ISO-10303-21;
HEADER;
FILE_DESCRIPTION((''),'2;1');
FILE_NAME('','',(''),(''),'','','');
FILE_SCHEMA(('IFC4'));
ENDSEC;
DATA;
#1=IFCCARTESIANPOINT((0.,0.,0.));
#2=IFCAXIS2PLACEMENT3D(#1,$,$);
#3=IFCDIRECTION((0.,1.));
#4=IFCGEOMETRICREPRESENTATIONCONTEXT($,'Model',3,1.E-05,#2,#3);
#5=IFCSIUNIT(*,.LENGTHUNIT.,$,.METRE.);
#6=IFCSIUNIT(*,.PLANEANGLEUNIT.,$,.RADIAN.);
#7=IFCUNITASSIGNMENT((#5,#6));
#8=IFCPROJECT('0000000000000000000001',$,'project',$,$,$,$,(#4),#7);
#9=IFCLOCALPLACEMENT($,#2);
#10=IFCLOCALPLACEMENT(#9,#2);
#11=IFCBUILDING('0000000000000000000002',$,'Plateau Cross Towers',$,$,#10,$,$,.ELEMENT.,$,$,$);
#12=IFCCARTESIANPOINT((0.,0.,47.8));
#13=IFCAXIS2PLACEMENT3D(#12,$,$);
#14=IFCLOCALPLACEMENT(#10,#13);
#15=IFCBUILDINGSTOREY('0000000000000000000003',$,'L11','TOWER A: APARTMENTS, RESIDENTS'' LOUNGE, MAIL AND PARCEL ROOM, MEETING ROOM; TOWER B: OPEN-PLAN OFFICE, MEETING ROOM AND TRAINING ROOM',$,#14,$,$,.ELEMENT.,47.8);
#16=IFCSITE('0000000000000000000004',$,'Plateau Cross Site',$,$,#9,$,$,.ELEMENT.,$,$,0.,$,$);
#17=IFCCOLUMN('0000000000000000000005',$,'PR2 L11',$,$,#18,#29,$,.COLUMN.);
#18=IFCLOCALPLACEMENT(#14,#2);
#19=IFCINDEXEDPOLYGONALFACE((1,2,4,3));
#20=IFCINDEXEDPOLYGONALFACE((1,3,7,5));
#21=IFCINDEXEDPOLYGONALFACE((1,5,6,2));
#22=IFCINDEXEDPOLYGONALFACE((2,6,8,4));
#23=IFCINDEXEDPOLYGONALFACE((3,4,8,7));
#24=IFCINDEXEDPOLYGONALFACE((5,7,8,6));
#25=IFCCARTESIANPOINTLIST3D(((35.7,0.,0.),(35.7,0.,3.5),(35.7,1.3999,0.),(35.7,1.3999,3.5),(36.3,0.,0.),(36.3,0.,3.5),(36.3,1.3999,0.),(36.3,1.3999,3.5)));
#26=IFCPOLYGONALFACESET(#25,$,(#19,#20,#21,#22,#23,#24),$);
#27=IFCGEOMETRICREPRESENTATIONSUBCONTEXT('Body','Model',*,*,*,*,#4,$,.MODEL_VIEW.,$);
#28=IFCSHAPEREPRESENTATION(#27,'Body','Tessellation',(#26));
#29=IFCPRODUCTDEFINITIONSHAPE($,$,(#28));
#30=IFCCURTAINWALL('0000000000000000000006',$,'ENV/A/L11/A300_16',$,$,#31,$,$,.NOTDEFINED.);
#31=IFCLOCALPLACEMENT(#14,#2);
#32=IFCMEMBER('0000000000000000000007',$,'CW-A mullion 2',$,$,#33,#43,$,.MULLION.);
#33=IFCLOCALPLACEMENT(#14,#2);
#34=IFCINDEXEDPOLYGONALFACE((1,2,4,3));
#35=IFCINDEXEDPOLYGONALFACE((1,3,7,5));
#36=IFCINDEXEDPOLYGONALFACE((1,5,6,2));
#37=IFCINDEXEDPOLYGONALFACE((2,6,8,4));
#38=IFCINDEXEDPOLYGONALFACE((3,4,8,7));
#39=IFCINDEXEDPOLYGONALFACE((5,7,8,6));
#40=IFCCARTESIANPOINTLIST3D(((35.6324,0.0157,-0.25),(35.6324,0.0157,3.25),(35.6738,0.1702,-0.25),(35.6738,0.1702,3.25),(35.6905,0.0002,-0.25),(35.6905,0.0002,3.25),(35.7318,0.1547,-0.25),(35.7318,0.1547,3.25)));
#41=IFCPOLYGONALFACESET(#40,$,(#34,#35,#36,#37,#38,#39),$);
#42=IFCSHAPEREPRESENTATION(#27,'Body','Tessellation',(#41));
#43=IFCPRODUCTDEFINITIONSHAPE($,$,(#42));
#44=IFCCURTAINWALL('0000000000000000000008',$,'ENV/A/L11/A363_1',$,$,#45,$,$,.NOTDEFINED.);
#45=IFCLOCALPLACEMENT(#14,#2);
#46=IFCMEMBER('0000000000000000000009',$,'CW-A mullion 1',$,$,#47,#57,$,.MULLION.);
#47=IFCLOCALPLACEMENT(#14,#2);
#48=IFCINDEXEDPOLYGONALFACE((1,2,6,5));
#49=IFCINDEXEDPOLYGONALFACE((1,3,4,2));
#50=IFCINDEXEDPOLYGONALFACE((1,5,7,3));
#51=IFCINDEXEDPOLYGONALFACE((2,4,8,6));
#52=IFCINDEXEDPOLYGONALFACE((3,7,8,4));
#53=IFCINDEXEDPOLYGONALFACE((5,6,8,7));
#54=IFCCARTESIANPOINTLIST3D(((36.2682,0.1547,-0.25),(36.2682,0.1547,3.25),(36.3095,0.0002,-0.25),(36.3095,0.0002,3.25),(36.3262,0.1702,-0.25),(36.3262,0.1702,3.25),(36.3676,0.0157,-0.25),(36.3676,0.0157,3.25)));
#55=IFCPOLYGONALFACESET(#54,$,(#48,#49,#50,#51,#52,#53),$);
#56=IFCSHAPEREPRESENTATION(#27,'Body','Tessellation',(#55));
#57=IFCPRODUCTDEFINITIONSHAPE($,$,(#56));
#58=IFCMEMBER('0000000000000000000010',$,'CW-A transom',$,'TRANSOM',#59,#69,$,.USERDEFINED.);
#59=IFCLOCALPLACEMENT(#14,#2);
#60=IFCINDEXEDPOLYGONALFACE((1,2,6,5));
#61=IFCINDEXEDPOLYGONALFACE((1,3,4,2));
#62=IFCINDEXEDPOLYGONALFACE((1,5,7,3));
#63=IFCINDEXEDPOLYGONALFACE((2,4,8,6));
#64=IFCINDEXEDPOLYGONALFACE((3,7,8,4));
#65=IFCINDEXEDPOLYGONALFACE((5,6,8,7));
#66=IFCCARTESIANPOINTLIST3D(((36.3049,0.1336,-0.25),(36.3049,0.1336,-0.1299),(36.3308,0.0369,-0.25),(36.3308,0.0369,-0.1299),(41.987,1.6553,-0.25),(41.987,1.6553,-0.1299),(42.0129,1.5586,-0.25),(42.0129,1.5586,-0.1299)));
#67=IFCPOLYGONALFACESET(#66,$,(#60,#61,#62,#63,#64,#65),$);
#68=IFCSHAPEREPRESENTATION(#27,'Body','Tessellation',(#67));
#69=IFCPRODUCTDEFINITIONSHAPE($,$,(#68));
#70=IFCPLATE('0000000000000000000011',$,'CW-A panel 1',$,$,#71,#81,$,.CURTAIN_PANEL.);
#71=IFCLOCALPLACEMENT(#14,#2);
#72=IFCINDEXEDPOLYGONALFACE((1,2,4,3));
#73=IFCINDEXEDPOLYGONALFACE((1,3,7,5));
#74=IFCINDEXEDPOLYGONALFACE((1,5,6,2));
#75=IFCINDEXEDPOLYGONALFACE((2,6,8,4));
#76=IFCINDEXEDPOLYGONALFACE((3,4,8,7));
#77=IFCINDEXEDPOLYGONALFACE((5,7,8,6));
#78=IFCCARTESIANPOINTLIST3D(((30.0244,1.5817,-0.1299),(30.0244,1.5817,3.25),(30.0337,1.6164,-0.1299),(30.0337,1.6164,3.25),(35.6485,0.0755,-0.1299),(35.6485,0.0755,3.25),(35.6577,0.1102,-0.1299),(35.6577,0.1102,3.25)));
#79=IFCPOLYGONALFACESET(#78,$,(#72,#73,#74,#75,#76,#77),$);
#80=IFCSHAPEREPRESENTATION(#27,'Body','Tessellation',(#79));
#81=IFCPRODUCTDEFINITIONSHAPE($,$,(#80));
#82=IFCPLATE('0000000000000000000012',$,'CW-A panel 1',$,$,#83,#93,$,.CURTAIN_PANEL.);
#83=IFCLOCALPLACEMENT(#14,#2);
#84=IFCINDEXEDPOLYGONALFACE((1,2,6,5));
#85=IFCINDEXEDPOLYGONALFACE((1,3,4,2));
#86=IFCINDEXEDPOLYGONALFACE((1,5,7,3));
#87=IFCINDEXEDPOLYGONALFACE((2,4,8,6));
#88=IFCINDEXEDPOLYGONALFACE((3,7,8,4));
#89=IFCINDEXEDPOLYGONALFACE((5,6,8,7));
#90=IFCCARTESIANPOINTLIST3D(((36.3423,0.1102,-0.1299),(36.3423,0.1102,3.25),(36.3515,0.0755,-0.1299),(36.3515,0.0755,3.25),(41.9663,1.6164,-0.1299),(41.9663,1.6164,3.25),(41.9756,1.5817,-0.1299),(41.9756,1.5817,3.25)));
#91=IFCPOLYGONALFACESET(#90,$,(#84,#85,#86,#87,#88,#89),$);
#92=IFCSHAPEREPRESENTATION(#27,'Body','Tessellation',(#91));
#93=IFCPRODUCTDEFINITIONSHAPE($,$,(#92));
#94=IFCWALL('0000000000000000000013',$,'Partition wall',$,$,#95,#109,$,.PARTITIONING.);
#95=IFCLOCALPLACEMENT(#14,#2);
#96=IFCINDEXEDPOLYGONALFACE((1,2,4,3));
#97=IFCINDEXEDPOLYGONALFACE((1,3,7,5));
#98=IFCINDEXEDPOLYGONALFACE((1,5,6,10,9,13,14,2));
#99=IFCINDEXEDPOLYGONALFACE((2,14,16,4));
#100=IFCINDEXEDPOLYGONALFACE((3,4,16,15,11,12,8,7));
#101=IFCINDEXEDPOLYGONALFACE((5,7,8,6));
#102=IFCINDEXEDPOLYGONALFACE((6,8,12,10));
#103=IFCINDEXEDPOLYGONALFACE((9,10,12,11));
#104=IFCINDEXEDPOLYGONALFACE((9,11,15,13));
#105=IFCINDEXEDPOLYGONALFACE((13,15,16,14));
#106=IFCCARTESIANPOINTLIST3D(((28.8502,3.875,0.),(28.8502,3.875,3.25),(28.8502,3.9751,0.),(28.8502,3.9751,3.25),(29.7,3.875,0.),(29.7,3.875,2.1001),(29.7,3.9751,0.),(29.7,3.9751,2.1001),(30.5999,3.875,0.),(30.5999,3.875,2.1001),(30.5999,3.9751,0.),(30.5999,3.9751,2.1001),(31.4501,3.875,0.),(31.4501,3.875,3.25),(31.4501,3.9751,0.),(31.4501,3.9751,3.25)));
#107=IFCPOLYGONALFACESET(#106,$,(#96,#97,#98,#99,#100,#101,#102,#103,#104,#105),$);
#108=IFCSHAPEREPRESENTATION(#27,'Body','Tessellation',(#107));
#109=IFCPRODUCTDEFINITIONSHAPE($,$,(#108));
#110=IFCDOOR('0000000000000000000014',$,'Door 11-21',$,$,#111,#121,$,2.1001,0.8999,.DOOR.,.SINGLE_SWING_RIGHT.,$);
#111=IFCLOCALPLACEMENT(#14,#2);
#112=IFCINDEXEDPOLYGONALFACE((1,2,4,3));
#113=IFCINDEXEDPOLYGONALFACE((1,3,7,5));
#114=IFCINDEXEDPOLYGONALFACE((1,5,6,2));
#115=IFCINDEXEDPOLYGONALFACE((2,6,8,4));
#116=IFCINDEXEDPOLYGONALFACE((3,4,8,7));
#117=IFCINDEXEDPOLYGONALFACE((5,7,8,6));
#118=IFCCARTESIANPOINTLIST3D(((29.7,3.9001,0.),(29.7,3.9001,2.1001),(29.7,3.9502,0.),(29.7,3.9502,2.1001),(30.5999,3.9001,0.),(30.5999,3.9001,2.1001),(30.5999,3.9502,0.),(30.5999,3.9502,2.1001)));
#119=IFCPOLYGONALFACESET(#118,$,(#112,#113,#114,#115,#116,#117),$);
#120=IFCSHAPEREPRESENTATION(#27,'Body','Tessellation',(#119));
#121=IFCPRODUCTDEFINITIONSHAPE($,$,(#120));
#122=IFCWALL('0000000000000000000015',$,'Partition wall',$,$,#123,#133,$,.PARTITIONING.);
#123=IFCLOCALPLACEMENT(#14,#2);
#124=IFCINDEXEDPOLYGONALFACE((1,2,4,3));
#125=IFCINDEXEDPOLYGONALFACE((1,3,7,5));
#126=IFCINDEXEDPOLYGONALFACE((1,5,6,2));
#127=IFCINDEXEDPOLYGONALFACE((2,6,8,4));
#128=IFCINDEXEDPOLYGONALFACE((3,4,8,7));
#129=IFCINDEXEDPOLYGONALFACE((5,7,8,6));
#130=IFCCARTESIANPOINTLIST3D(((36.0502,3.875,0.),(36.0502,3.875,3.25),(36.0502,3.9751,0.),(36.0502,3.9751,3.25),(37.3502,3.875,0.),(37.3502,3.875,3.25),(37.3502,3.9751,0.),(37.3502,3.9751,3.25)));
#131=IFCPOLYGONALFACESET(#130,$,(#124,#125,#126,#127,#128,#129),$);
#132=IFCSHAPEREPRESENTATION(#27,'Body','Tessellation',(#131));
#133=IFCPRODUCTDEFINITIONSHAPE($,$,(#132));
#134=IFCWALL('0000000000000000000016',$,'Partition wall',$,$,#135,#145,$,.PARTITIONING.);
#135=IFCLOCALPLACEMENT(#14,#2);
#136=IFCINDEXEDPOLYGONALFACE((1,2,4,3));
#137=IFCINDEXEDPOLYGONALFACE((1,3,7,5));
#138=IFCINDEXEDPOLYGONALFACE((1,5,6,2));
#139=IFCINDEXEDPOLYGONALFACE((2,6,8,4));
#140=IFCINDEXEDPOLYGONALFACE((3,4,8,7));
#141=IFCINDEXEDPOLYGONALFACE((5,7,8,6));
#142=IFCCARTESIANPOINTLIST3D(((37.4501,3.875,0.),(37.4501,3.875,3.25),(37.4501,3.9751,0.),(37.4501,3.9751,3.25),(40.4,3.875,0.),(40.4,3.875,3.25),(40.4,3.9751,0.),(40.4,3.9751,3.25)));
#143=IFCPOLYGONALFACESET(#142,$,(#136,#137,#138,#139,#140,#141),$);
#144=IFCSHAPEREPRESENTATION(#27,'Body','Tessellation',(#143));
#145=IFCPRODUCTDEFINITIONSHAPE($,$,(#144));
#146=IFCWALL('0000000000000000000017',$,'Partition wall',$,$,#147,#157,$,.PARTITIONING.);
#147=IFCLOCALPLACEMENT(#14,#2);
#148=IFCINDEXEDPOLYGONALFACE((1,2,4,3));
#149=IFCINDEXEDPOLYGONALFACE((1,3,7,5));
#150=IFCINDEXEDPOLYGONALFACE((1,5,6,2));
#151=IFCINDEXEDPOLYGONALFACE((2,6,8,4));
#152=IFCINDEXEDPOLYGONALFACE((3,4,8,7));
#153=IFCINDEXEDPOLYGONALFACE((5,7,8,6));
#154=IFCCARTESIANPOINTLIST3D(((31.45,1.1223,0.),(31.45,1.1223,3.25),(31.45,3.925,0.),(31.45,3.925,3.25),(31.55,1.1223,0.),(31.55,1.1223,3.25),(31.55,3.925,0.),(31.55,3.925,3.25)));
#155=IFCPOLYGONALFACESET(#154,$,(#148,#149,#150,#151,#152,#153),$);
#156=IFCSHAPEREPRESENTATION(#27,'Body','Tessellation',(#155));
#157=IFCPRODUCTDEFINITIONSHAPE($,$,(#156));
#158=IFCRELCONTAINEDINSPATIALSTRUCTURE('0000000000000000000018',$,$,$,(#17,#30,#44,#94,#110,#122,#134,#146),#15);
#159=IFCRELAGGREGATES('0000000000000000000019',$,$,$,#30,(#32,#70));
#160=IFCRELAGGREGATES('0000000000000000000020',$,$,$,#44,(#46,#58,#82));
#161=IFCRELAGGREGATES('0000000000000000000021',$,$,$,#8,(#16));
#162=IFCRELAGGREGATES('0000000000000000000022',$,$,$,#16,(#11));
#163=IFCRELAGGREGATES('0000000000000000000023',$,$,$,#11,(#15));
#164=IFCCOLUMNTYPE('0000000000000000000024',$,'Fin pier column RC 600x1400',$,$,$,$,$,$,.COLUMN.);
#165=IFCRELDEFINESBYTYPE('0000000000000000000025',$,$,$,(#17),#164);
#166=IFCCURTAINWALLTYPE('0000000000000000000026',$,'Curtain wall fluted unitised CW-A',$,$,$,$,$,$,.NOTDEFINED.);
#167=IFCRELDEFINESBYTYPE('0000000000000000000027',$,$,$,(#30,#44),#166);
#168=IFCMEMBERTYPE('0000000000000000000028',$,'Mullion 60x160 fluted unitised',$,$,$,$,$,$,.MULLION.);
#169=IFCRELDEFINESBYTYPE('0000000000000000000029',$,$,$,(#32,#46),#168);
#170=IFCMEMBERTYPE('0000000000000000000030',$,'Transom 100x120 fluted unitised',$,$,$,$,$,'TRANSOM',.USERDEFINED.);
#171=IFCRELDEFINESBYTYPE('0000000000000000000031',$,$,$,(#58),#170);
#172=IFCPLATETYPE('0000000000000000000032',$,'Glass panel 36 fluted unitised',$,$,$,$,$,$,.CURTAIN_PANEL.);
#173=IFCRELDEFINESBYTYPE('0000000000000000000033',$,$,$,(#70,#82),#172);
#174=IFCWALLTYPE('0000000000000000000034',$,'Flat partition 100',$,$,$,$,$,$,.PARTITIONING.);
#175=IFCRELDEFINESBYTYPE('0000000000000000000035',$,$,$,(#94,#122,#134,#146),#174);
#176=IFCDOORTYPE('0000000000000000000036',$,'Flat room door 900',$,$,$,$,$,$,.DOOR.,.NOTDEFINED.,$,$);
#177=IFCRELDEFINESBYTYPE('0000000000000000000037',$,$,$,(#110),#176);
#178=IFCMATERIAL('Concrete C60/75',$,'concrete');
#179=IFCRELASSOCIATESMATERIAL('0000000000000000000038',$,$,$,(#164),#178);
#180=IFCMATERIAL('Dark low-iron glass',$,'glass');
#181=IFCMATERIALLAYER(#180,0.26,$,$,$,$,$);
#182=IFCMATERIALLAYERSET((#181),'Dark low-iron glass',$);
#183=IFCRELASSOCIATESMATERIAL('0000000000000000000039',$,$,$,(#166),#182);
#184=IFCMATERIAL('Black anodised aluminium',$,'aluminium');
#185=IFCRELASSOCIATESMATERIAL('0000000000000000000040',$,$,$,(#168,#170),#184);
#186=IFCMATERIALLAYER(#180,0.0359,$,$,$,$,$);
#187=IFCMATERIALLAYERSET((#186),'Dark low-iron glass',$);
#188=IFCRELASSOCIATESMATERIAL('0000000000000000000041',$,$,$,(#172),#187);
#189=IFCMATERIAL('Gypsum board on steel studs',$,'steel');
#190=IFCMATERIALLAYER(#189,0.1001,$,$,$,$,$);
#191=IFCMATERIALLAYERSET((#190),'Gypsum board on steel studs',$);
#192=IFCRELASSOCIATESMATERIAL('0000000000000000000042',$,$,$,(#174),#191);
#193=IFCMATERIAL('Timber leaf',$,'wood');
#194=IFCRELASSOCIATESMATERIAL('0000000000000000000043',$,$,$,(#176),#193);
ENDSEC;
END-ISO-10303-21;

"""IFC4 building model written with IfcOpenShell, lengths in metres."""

from ifc_helpers import new_model, si_unit, direction, frame, frame_2d, origin, origin_2d, place, context, subcontext, project, spatial, rectangle, extrude, material, layer, layer_set, material_profile, profile_set, type_object, element, fill, aggregate, save


model = new_model("IFC4")

# Units and contexts
model_context = context("Model", 3, precision=1e-05, world=origin(), true_north=direction((0.0, 1.0)))
body_context = subcontext(model_context, "Body", "Model", "MODEL_VIEW")
ifc_project = project(units=[si_unit("LENGTHUNIT", "METRE"), si_unit("PLANEANGLEUNIT", "RADIAN")], contexts=[model_context])

# Site, building, storey
site_placement = place(None, origin())
site = spatial("IfcSite", under=ifc_project, at=site_placement, Name="Plateau Cross Site", CompositionType="ELEMENT", RefElevation=0.0)
building_placement = place(site_placement, origin())
building = spatial("IfcBuilding", under=site, at=building_placement, Name="Plateau Cross Towers", CompositionType="ELEMENT")
storey_placement = place(building_placement, frame((0.0, 0.0, 47.8)))
storey = spatial("IfcBuildingStorey", under=building, at=storey_placement, Name="L11", Description="TOWER A: APARTMENTS, RESIDENTS' LOUNGE, MAIL AND PARCEL ROOM, MEETING ROOM; TOWER B: OPEN-PLAN OFFICE, MEETING ROOM AND TRAINING ROOM", CompositionType="ELEMENT", Elevation=47.8)

# Column
ifc_material_1 = material(Name="Concrete C60/75", Category="concrete")
ifc_material_profile_1 = material_profile(ifc_material_1, rectangle(XDim=0.6001, YDim=1.3999, at=origin_2d()), Name="RC 600x1400")
ifc_profile_set_1 = profile_set([ifc_material_profile_1], Name="Concrete C60/75")
column_type = type_object("IfcColumnType", Name="Fin pier column RC 600x1400", PredefinedType="COLUMN", material=ifc_profile_set_1)
column_placement = place(storey_placement, frame((36.0, 0.7, 0.0), z_axis=(0.0, 0.0, 1.0), x_axis=(1.0, 0.0, 0.0)))
element("IfcColumn", 1, at=column_placement, inside=storey, type_object=column_type, Name="PR2 L11", PredefinedType="COLUMN", context=body_context, shape_type="SweptSolid", body=[
    extrude(rectangle(XDim=0.6001, YDim=1.3999, at=origin_2d()), origin(), (0.0, 0.0, 1.0), 3.5),
])

# Curtain wall, member
ifc_material_2 = material(Name="Dark low-iron glass", Category="glass")
ifc_layer_1 = layer(ifc_material_2, 0.26)
ifc_layer_set_1 = layer_set([ifc_layer_1], Name="Dark low-iron glass")
curtain_wall_type = type_object("IfcCurtainWallType", Name="Curtain wall fluted unitised CW-A", PredefinedType="NOTDEFINED", material=ifc_layer_set_1)
curtain_wall_1_placement = place(storey_placement, origin())
curtain_wall_1 = element("IfcCurtainWall", 2, at=curtain_wall_1_placement, inside=storey, type_object=curtain_wall_type, Name="ENV/A/L11/A300_16", PredefinedType="NOTDEFINED")
ifc_material_3 = material(Name="Black anodised aluminium", Category="aluminium")
ifc_material_profile_2 = material_profile(ifc_material_3, rectangle(XDim=0.0601, YDim=0.1599, at=origin_2d()), Name="MULLION 60x160")
ifc_profile_set_2 = profile_set([ifc_material_profile_2], Name="Black anodised aluminium")
member_type_1 = type_object("IfcMemberType", Name="Mullion 60x160 fluted unitised", PredefinedType="MULLION", material=ifc_profile_set_2)
member_1_placement = place(storey_placement, frame((35.6821, 0.0852, -0.25), z_axis=(0.0, 0.0, 1.0), x_axis=(0.965958, -0.258699, 0.0)))
member_1 = element("IfcMember", 3, at=member_1_placement, type_object=member_type_1, Name="CW-A mullion 2", PredefinedType="MULLION", context=body_context, shape_type="SweptSolid", body=[
    extrude(rectangle(XDim=0.0601, YDim=0.1599, at=origin_2d()), origin(), (0.0, 0.0, 1.0), 3.5),
])

# Curtain wall, members
curtain_wall_2_placement = place(storey_placement, origin())
curtain_wall_2 = element("IfcCurtainWall", 4, at=curtain_wall_2_placement, inside=storey, type_object=curtain_wall_type, Name="ENV/A/L11/A363_1", PredefinedType="NOTDEFINED")
member_2_placement = place(storey_placement, frame((36.3179, 0.0852, -0.25), z_axis=(0.0, 0.0, 1.0), x_axis=(0.965958, 0.258699, 0.0)))
member_2 = element("IfcMember", 5, at=member_2_placement, type_object=member_type_1, Name="CW-A mullion 1", PredefinedType="MULLION", context=body_context, shape_type="SweptSolid", body=[
    extrude(rectangle(XDim=0.0601, YDim=0.1599, at=origin_2d()), origin(), (0.0, 0.0, 1.0), 3.5),
])
ifc_material_profile_3 = material_profile(ifc_material_3, rectangle(XDim=0.1001, YDim=0.1201, at=origin_2d()), Name="TRANSOM 100x120")
ifc_profile_set_3 = profile_set([ifc_material_profile_3], Name="Black anodised aluminium")
member_type_2 = type_object("IfcMemberType", Name="Transom 100x120 fluted unitised", ElementType="TRANSOM", PredefinedType="USERDEFINED", material=ifc_profile_set_3)
member_3_placement = place(storey_placement, frame((36.3179, 0.0852, -0.1899), z_axis=(0.96596, 0.258693, 0.0), x_axis=(-0.258693, 0.96596, 0.0)))
member_3 = element("IfcMember", 6, at=member_3_placement, type_object=member_type_2, Name="CW-A transom", ObjectType="TRANSOM", PredefinedType="USERDEFINED", context=body_context, shape_type="SweptSolid", body=[
    extrude(rectangle(XDim=0.1001, YDim=0.1201, at=origin_2d()), origin(), (0.0, 0.0, 1.0), 5.8823),
])

# Plates
ifc_layer_2 = layer(ifc_material_2, 0.0359)
ifc_layer_set_2 = layer_set([ifc_layer_2], Name="Dark low-iron glass")
plate_type = type_object("IfcPlateType", Name="Glass panel 36 fluted unitised", PredefinedType="CURTAIN_PANEL", material=ifc_layer_set_2)
plate_1_placement = place(storey_placement, frame((32.8411, 0.8459, -0.1299), z_axis=(0.0, 0.0, 1.0), x_axis=(0.965958, -0.258699, 0.0)))
plate_1 = element("IfcPlate", 7, at=plate_1_placement, type_object=plate_type, Name="CW-A panel 1", PredefinedType="CURTAIN_PANEL", context=body_context, shape_type="SweptSolid", body=[
    extrude(rectangle(XDim=5.8223, YDim=0.0359, at=origin_2d()), origin(), (0.0, 0.0, 1.0), 3.3799),
])
aggregate(curtain_wall_1, [member_1, plate_1])
plate_2_placement = place(storey_placement, frame((39.1589, 0.8459, -0.1299), z_axis=(0.0, 0.0, 1.0), x_axis=(0.965958, 0.258699, 0.0)))
plate_2 = element("IfcPlate", 8, at=plate_2_placement, type_object=plate_type, Name="CW-A panel 1", PredefinedType="CURTAIN_PANEL", context=body_context, shape_type="SweptSolid", body=[
    extrude(rectangle(XDim=5.8223, YDim=0.0359, at=origin_2d()), origin(), (0.0, 0.0, 1.0), 3.3799),
])
aggregate(curtain_wall_2, [member_2, member_3, plate_2])

# Wall, opening, door
ifc_material_4 = material(Name="Gypsum board on steel studs", Category="steel")
ifc_layer_3 = layer(ifc_material_4, 0.1001)
ifc_layer_set_3 = layer_set([ifc_layer_3], Name="Gypsum board on steel studs")
wall_type_1 = type_object("IfcWallType", Name="Flat partition 100", PredefinedType="PARTITIONING", material=ifc_layer_set_3)
wall_1_placement = place(storey_placement, frame((31.45, 3.925, 0.0), z_axis=(0.0, 0.0, 1.0), x_axis=(-1.0, 0.0, 0.0)))
wall_1 = element("IfcWall", 9, at=wall_1_placement, inside=storey, type_object=wall_type_1, Name="Partition wall", PredefinedType="PARTITIONING", context=body_context, shape_type="SweptSolid", body=[
    extrude(rectangle(XDim=2.5999, YDim=0.1001, at=frame_2d((1.2998, 0.0))), origin(), (0.0, 0.0, 1.0), 3.25),
])
opening_1_placement = place(wall_1_placement, frame((0.8501, 0.0, 0.0)))
opening_1 = element("IfcOpeningElement", 10, at=opening_1_placement, cuts=wall_1, PredefinedType="OPENING", context=body_context, shape_type="SweptSolid", body=[
    extrude(rectangle(XDim=0.8999, YDim=2.1001, at=frame_2d((0.45, 1.05))), frame((0.0, 0.0601, 0.0), z_axis=(0.0, -1.0, 0.0), x_axis=(1.0, 0.0, 0.0)), (0.0, 0.0, 1.0), 0.1201),
])
ifc_material_5 = material(Name="Timber leaf", Category="wood")
door_type = type_object("IfcDoorType", Name="Flat room door 900", OperationType="NOTDEFINED", PredefinedType="DOOR", material=ifc_material_5)
door_1_placement = place(opening_1_placement, origin())
door_1 = element("IfcDoor", 11, at=door_1_placement, inside=storey, type_object=door_type, Name="Door 11-21", OperationType="SINGLE_SWING_RIGHT", OverallHeight=2.1001, OverallWidth=0.8999, PredefinedType="DOOR", context=body_context, shape_type="SweptSolid", body=[
    extrude(rectangle(XDim=0.8999, YDim=2.1001, at=frame_2d((0.45, 1.05))), frame((0.0, 0.0249, 0.0), z_axis=(0.0, -1.0, 0.0), x_axis=(1.0, 0.0, 0.0)), (0.0, 0.0, 1.0), 0.05),
])
fill(opening_1, door_1)

# Walls
wall_2_placement = place(storey_placement, frame((37.3501, 3.925, 0.0), z_axis=(0.0, 0.0, 1.0), x_axis=(-1.0, 0.0, 0.0)))
element("IfcWall", 12, at=wall_2_placement, inside=storey, type_object=wall_type_1, Name="Partition wall", PredefinedType="PARTITIONING", context=body_context, shape_type="SweptSolid", body=[
    extrude(rectangle(XDim=1.3, YDim=0.1001, at=frame_2d((0.6499, 0.0))), origin(), (0.0, 0.0, 1.0), 3.25),
])
wall_3_placement = place(storey_placement, frame((37.45, 3.925, 0.0), z_axis=(0.0, 0.0, 1.0), x_axis=(1.0, 0.0, 0.0)))
element("IfcWall", 13, at=wall_3_placement, inside=storey, type_object=wall_type_1, Name="Partition wall", PredefinedType="PARTITIONING", context=body_context, shape_type="SweptSolid", body=[
    extrude(rectangle(XDim=2.95, YDim=0.1001, at=frame_2d((1.4751, 0.0))), origin(), (0.0, 0.0, 1.0), 3.25),
])
wall_4_placement = place(storey_placement, frame((31.5, 1.1223, 0.0), z_axis=(0.0, 0.0, 1.0), x_axis=(0.0, 1.0, 0.0)))
element("IfcWall", 14, at=wall_4_placement, inside=storey, type_object=wall_type_1, Name="Partition wall", PredefinedType="PARTITIONING", context=body_context, shape_type="SweptSolid", body=[
    extrude(rectangle(XDim=2.8027, YDim=0.1001, at=frame_2d((1.4014, 0.0))), origin(), (0.0, 0.0, 1.0), 3.25),
])

save(model, "model.ifc")
